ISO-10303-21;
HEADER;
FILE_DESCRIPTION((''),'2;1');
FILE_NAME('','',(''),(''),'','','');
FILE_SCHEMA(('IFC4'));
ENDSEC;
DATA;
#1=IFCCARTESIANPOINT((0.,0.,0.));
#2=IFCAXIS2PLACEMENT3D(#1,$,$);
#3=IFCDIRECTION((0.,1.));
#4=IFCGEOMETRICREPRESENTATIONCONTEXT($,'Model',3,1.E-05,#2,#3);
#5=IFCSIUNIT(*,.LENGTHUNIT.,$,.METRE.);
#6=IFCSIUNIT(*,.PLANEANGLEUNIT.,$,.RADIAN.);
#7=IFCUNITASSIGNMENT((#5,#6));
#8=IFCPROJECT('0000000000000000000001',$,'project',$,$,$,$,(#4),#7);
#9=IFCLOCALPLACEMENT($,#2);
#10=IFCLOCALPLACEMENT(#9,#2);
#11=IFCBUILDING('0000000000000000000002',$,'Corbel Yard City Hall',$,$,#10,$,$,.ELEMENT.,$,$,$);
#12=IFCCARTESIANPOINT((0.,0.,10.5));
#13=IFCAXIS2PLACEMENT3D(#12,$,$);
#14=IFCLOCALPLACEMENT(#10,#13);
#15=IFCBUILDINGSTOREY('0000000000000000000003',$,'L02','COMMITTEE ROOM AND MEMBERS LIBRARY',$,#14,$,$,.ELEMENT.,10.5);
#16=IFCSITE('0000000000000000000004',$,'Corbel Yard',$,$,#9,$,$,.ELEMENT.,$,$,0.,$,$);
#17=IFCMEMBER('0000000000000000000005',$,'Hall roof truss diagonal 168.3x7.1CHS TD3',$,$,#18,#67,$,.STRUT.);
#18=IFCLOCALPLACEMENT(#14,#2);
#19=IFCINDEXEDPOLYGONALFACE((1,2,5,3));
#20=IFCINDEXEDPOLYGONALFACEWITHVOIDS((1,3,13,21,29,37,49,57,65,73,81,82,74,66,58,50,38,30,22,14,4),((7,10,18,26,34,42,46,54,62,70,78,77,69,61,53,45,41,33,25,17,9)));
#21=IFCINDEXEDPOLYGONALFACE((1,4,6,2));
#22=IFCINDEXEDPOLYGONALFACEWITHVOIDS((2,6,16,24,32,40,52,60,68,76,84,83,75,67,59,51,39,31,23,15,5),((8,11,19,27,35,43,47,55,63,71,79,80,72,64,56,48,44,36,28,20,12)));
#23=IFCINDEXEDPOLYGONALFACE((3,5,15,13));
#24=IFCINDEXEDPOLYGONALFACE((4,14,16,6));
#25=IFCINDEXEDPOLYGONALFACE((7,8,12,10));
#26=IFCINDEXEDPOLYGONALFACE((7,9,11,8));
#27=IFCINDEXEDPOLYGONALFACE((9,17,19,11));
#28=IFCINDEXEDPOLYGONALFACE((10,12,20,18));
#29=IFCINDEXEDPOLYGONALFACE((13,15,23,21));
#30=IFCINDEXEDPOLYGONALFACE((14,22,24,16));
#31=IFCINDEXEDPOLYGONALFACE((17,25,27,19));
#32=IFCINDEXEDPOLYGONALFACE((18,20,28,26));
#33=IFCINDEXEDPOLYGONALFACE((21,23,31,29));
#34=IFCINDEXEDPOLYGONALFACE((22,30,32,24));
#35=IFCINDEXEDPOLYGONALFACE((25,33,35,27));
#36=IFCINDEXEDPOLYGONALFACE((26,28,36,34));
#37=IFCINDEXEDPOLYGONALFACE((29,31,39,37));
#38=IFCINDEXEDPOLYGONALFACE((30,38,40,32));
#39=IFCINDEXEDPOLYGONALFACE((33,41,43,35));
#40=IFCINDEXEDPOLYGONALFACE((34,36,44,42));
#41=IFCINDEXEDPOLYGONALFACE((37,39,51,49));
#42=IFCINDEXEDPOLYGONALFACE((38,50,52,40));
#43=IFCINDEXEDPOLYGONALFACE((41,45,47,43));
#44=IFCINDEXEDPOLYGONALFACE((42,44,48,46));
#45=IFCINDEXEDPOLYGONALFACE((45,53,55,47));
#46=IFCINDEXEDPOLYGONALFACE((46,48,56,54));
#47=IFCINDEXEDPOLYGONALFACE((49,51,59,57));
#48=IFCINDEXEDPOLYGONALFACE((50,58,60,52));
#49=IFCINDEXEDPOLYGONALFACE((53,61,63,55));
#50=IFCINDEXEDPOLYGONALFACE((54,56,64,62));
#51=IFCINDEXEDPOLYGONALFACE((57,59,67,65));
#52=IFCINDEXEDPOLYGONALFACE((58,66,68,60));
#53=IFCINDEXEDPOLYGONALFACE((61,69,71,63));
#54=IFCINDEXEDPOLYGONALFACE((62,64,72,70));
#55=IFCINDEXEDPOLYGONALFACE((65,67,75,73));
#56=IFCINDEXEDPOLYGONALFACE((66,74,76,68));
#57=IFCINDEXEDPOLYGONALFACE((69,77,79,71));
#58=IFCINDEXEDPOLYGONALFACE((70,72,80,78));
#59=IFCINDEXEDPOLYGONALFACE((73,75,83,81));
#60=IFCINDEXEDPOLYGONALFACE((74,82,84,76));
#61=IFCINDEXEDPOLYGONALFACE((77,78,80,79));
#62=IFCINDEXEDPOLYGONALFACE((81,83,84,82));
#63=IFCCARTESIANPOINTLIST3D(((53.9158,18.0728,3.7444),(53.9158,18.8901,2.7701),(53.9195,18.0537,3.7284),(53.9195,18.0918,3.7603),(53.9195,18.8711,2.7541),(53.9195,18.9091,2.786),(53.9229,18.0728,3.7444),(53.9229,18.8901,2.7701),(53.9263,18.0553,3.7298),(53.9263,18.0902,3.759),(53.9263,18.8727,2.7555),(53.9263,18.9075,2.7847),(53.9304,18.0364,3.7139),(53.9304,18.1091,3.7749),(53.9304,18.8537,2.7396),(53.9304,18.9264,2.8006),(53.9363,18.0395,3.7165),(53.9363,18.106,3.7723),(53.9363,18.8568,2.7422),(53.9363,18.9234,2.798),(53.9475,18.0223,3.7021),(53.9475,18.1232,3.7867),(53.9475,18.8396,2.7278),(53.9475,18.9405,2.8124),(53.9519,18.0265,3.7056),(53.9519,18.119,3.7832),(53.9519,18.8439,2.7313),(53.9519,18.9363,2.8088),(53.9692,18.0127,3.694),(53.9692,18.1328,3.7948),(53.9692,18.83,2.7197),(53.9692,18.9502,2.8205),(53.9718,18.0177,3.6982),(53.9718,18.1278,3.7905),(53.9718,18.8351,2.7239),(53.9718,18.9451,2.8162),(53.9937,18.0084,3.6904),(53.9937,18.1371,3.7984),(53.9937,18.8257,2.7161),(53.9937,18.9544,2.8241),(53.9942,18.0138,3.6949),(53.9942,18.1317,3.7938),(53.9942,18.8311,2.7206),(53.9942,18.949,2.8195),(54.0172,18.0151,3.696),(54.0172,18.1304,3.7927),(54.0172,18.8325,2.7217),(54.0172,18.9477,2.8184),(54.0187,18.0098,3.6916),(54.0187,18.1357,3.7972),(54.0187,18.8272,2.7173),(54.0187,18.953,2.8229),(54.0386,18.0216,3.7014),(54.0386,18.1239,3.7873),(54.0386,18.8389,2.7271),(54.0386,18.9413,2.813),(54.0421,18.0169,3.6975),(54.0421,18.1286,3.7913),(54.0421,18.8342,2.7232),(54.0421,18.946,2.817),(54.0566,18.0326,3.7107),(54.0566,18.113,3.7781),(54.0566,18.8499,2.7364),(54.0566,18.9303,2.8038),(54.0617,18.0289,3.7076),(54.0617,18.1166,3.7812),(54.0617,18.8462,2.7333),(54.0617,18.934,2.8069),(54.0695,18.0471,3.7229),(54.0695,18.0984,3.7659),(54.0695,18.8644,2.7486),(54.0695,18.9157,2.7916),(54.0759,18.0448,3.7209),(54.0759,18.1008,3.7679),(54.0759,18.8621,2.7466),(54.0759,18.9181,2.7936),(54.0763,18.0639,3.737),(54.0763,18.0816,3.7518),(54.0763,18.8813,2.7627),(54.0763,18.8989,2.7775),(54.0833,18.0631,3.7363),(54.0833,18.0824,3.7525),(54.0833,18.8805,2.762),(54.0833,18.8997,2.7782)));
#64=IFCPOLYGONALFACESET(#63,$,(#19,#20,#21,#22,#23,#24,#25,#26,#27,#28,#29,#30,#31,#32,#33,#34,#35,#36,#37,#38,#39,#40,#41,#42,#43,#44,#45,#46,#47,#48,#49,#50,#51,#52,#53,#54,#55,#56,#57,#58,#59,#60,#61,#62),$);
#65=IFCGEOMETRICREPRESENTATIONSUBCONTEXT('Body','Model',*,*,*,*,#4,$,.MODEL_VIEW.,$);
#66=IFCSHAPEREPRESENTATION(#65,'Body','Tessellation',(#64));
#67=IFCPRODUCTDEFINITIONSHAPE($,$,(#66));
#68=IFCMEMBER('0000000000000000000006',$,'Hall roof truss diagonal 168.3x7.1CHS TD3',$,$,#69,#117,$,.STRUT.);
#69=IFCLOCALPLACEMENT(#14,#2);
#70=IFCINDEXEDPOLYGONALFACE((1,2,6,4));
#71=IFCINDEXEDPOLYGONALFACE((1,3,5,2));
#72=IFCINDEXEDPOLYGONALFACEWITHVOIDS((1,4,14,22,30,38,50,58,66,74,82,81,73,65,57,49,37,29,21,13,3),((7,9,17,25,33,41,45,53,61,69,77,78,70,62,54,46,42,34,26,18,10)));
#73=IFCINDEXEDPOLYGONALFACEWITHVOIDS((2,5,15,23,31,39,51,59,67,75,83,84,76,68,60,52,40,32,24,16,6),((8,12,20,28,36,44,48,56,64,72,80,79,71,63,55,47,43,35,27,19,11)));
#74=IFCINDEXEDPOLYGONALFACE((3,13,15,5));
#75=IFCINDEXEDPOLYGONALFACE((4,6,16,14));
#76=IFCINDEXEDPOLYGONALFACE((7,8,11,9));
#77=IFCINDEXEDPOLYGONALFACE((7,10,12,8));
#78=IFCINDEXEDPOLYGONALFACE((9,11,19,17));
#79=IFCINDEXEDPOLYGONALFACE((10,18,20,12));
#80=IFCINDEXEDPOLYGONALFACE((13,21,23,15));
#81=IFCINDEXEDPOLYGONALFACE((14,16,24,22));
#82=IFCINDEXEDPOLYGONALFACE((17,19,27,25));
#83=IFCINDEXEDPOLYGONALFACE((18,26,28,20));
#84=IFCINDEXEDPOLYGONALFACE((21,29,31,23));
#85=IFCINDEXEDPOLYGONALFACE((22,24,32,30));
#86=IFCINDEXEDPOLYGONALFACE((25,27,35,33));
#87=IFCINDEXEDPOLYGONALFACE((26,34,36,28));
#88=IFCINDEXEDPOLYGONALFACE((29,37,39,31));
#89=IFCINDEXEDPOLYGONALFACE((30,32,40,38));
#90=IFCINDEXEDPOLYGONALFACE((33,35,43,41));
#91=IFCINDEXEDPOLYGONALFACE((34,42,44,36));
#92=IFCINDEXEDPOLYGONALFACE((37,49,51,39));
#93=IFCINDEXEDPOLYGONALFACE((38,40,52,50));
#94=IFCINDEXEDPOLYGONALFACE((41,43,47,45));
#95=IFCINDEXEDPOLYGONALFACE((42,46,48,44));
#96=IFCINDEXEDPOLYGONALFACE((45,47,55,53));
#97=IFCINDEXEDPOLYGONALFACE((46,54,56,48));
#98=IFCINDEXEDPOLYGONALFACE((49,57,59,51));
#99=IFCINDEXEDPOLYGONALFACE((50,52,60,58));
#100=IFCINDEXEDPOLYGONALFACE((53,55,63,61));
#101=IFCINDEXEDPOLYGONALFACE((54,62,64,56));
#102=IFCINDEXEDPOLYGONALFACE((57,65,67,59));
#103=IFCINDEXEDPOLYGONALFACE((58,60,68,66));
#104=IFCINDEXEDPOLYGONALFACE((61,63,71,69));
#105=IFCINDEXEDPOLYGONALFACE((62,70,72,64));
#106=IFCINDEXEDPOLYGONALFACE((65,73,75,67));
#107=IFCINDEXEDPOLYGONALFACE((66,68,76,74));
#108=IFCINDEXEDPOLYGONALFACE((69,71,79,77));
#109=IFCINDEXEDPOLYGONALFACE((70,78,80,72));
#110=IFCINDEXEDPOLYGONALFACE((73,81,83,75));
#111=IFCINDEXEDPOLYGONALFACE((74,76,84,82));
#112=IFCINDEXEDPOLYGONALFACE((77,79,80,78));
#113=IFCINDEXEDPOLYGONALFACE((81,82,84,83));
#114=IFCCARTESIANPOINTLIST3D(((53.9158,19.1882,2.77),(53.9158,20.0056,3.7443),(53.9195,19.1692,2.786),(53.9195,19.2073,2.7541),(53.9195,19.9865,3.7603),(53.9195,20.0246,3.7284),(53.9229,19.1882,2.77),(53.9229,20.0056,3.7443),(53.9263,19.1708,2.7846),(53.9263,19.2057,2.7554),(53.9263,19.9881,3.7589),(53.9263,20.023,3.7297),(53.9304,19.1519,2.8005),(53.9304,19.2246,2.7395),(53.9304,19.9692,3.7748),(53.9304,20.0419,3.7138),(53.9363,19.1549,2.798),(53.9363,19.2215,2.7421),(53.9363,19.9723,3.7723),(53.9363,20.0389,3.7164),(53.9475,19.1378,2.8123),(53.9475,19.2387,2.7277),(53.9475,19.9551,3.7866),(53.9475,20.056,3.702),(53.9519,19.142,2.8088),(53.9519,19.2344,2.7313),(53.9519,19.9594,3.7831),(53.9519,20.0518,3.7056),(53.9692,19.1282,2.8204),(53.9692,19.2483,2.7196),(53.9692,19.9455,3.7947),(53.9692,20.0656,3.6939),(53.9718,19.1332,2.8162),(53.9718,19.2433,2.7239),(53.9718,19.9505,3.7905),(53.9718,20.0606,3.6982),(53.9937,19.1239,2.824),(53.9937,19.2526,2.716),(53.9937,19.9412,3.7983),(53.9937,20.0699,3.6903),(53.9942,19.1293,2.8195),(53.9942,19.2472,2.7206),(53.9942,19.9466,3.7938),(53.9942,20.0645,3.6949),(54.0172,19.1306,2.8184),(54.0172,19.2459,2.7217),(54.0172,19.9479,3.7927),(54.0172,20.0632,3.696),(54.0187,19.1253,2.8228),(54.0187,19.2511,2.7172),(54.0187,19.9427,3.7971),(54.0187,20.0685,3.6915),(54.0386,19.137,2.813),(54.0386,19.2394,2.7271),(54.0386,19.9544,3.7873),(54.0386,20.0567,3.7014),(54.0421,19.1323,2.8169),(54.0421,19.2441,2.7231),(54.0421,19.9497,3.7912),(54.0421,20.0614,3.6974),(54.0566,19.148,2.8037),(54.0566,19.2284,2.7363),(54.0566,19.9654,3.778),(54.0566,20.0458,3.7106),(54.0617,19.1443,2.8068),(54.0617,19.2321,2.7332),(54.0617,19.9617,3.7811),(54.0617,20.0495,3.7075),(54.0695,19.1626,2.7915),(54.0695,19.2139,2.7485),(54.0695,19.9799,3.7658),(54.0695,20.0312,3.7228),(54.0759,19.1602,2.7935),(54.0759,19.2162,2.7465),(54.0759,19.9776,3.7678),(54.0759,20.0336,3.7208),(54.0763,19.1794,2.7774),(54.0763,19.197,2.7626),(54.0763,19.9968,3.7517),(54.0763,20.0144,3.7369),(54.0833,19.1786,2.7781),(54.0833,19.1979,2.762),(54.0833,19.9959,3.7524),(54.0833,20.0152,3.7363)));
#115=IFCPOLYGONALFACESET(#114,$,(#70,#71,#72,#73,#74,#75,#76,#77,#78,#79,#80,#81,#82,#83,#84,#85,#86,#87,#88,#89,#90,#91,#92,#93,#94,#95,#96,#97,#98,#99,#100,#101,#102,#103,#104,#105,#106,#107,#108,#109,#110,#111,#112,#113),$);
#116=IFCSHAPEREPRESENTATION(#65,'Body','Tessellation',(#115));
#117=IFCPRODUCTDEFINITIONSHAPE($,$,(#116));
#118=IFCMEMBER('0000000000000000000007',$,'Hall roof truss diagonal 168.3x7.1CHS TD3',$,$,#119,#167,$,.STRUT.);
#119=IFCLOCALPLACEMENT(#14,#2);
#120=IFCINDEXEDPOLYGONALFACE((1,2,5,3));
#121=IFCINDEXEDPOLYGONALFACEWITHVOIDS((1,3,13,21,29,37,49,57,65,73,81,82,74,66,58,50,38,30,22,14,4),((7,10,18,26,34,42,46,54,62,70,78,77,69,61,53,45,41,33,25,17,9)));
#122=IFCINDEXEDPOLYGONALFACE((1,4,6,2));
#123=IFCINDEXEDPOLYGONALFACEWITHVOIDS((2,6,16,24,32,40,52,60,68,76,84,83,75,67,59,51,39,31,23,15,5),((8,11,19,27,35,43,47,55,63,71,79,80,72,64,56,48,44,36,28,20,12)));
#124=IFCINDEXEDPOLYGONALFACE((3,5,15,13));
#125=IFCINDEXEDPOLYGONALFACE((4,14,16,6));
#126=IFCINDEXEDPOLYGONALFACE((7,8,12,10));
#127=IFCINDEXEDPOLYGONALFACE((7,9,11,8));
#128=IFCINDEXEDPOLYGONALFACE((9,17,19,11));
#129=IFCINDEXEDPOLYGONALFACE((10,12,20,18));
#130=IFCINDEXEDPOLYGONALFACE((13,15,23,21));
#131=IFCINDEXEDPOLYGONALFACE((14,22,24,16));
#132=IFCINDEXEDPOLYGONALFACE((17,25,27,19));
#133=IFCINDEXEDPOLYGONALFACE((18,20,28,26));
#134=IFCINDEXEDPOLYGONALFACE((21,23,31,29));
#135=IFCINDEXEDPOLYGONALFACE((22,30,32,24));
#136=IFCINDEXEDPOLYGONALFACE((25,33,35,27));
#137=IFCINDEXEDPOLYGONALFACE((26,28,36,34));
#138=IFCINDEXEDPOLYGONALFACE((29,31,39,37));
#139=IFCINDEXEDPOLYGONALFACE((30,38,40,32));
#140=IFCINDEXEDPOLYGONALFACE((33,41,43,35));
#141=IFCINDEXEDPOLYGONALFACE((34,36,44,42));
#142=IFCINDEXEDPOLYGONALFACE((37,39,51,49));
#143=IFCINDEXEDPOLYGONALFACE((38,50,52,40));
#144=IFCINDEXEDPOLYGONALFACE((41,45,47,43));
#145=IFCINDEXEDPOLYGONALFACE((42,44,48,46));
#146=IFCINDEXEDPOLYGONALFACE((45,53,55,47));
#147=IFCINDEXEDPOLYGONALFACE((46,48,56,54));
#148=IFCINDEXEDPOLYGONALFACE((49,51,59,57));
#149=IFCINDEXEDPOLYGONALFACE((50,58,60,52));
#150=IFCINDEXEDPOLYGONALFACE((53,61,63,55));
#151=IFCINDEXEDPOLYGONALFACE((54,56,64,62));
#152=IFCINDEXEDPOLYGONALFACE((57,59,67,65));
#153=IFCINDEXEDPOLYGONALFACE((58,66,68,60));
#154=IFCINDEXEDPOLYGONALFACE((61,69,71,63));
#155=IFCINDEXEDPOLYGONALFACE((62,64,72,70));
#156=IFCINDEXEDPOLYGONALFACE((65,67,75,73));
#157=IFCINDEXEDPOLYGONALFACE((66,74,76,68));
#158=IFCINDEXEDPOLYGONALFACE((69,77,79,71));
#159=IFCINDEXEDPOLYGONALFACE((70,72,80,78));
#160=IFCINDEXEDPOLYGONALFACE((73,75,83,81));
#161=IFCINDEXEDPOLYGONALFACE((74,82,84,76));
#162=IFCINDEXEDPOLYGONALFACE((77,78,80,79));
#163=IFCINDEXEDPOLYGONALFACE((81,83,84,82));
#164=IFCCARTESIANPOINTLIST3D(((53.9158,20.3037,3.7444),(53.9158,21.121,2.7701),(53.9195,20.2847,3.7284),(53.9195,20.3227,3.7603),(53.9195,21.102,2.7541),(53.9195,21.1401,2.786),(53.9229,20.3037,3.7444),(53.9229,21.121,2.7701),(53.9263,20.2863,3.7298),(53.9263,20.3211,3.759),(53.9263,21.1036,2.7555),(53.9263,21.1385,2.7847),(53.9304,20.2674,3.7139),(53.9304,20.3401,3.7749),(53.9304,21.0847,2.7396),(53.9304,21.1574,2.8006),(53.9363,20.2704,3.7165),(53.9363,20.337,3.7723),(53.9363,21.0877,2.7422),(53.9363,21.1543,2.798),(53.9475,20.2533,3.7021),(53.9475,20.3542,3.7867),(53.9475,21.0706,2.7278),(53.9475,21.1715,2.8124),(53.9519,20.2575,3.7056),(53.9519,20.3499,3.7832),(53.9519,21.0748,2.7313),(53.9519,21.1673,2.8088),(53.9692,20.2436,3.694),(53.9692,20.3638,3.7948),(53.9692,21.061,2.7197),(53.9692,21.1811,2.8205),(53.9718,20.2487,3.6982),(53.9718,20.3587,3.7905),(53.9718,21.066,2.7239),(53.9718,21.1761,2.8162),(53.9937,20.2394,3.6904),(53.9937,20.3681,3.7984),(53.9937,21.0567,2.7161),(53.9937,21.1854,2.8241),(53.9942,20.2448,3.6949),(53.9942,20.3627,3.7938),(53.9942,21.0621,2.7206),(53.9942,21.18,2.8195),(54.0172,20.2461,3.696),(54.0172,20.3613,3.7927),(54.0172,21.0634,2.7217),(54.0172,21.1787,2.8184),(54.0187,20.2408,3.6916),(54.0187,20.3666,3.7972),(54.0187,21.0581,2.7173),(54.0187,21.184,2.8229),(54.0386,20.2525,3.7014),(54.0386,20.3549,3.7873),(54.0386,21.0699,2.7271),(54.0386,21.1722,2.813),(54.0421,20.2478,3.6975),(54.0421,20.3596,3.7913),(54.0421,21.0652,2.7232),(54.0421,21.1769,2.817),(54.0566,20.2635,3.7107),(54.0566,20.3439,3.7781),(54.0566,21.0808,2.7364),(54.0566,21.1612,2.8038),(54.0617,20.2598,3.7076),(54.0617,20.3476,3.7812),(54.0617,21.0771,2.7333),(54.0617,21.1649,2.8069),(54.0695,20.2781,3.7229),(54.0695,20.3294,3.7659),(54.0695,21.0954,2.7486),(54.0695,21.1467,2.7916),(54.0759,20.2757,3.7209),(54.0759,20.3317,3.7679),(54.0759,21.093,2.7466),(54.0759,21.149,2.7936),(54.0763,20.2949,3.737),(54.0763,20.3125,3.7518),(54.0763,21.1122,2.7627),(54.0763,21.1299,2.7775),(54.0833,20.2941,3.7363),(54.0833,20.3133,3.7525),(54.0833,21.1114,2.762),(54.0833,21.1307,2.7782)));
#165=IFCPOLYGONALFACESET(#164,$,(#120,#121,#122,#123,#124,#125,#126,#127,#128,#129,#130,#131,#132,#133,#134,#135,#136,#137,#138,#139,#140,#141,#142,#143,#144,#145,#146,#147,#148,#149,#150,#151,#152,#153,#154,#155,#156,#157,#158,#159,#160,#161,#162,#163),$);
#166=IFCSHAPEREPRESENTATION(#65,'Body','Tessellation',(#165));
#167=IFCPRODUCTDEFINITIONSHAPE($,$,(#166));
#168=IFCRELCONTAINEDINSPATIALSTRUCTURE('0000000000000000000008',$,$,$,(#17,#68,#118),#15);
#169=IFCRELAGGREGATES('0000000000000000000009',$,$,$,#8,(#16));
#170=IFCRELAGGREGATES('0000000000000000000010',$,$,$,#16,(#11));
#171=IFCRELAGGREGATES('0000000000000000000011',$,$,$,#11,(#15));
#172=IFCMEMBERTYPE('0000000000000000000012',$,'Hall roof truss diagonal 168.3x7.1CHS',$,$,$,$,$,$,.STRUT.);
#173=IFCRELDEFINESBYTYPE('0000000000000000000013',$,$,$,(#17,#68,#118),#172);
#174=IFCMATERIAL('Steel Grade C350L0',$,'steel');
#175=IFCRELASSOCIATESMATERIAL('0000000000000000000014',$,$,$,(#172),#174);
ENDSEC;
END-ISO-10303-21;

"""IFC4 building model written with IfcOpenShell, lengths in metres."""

from ifc_helpers import new_model, si_unit, direction, frame, origin, origin_2d, place, context, subcontext, project, spatial, hollow_circle, extrude, material, material_profile, profile_set, type_object, element, save


model = new_model("IFC4")

# Units and contexts
model_context = context("Model", 3, precision=1e-05, world=origin(), true_north=direction((0.0, 1.0)))
body_context = subcontext(model_context, "Body", "Model", "MODEL_VIEW")
ifc_project = project(units=[si_unit("LENGTHUNIT", "METRE"), si_unit("PLANEANGLEUNIT", "RADIAN")], contexts=[model_context])

# Site, building, storey
site_placement = place(None, origin())
site = spatial("IfcSite", under=ifc_project, at=site_placement, Name="Corbel Yard", CompositionType="ELEMENT", RefElevation=0.0)
building_placement = place(site_placement, origin())
building = spatial("IfcBuilding", under=site, at=building_placement, Name="Corbel Yard City Hall", CompositionType="ELEMENT")
storey_placement = place(building_placement, frame((0.0, 0.0, 10.5)))
storey = spatial("IfcBuildingStorey", under=building, at=storey_placement, Name="L02", Description="COMMITTEE ROOM AND MEMBERS LIBRARY", CompositionType="ELEMENT", Elevation=10.5)

# Members
ifc_material_1 = material(Name="Steel Grade C350L0", Category="steel")
ifc_material_profile_1 = material_profile(ifc_material_1, hollow_circle(Radius=0.0842, WallThickness=0.0071, at=origin_2d()), Name="168.3x7.1CHS")
ifc_profile_set_1 = profile_set([ifc_material_profile_1], Name="Steel Grade C350L0")
member_type_1 = type_object("IfcMemberType", Name="Hall roof truss diagonal 168.3x7.1CHS", PredefinedType="STRUT", material=ifc_profile_set_1)
for number, where, z_axis, x_axis, name in (
    (1, (54.0, 18.0728, 3.7444), (0.0, 0.642692, -0.766124), (-1.0, 0.0, 0.0), "Hall roof truss diagonal 168.3x7.1CHS TD3"),
    (2, (54.0, 19.1882, 2.77), (0.0, 0.642692, 0.766124), (-1.0, 0.0, 0.0), "Hall roof truss diagonal 168.3x7.1CHS TD3"),
    (3, (54.0, 20.3037, 3.7444), (0.0, 0.642692, -0.766124), (-1.0, 0.0, 0.0), "Hall roof truss diagonal 168.3x7.1CHS TD3"),
):
    element("IfcMember", number, at=place(storey_placement, frame(where, z_axis=z_axis, x_axis=x_axis)), inside=storey, type_object=member_type_1, Name=name, PredefinedType="STRUT", context=body_context, shape_type="SweptSolid", body=[
        extrude(hollow_circle(Radius=0.0842, WallThickness=0.0071, at=origin_2d()), origin(), (0.0, 0.0, 1.0), 1.2717),
    ])

save(model, "model.ifc")
